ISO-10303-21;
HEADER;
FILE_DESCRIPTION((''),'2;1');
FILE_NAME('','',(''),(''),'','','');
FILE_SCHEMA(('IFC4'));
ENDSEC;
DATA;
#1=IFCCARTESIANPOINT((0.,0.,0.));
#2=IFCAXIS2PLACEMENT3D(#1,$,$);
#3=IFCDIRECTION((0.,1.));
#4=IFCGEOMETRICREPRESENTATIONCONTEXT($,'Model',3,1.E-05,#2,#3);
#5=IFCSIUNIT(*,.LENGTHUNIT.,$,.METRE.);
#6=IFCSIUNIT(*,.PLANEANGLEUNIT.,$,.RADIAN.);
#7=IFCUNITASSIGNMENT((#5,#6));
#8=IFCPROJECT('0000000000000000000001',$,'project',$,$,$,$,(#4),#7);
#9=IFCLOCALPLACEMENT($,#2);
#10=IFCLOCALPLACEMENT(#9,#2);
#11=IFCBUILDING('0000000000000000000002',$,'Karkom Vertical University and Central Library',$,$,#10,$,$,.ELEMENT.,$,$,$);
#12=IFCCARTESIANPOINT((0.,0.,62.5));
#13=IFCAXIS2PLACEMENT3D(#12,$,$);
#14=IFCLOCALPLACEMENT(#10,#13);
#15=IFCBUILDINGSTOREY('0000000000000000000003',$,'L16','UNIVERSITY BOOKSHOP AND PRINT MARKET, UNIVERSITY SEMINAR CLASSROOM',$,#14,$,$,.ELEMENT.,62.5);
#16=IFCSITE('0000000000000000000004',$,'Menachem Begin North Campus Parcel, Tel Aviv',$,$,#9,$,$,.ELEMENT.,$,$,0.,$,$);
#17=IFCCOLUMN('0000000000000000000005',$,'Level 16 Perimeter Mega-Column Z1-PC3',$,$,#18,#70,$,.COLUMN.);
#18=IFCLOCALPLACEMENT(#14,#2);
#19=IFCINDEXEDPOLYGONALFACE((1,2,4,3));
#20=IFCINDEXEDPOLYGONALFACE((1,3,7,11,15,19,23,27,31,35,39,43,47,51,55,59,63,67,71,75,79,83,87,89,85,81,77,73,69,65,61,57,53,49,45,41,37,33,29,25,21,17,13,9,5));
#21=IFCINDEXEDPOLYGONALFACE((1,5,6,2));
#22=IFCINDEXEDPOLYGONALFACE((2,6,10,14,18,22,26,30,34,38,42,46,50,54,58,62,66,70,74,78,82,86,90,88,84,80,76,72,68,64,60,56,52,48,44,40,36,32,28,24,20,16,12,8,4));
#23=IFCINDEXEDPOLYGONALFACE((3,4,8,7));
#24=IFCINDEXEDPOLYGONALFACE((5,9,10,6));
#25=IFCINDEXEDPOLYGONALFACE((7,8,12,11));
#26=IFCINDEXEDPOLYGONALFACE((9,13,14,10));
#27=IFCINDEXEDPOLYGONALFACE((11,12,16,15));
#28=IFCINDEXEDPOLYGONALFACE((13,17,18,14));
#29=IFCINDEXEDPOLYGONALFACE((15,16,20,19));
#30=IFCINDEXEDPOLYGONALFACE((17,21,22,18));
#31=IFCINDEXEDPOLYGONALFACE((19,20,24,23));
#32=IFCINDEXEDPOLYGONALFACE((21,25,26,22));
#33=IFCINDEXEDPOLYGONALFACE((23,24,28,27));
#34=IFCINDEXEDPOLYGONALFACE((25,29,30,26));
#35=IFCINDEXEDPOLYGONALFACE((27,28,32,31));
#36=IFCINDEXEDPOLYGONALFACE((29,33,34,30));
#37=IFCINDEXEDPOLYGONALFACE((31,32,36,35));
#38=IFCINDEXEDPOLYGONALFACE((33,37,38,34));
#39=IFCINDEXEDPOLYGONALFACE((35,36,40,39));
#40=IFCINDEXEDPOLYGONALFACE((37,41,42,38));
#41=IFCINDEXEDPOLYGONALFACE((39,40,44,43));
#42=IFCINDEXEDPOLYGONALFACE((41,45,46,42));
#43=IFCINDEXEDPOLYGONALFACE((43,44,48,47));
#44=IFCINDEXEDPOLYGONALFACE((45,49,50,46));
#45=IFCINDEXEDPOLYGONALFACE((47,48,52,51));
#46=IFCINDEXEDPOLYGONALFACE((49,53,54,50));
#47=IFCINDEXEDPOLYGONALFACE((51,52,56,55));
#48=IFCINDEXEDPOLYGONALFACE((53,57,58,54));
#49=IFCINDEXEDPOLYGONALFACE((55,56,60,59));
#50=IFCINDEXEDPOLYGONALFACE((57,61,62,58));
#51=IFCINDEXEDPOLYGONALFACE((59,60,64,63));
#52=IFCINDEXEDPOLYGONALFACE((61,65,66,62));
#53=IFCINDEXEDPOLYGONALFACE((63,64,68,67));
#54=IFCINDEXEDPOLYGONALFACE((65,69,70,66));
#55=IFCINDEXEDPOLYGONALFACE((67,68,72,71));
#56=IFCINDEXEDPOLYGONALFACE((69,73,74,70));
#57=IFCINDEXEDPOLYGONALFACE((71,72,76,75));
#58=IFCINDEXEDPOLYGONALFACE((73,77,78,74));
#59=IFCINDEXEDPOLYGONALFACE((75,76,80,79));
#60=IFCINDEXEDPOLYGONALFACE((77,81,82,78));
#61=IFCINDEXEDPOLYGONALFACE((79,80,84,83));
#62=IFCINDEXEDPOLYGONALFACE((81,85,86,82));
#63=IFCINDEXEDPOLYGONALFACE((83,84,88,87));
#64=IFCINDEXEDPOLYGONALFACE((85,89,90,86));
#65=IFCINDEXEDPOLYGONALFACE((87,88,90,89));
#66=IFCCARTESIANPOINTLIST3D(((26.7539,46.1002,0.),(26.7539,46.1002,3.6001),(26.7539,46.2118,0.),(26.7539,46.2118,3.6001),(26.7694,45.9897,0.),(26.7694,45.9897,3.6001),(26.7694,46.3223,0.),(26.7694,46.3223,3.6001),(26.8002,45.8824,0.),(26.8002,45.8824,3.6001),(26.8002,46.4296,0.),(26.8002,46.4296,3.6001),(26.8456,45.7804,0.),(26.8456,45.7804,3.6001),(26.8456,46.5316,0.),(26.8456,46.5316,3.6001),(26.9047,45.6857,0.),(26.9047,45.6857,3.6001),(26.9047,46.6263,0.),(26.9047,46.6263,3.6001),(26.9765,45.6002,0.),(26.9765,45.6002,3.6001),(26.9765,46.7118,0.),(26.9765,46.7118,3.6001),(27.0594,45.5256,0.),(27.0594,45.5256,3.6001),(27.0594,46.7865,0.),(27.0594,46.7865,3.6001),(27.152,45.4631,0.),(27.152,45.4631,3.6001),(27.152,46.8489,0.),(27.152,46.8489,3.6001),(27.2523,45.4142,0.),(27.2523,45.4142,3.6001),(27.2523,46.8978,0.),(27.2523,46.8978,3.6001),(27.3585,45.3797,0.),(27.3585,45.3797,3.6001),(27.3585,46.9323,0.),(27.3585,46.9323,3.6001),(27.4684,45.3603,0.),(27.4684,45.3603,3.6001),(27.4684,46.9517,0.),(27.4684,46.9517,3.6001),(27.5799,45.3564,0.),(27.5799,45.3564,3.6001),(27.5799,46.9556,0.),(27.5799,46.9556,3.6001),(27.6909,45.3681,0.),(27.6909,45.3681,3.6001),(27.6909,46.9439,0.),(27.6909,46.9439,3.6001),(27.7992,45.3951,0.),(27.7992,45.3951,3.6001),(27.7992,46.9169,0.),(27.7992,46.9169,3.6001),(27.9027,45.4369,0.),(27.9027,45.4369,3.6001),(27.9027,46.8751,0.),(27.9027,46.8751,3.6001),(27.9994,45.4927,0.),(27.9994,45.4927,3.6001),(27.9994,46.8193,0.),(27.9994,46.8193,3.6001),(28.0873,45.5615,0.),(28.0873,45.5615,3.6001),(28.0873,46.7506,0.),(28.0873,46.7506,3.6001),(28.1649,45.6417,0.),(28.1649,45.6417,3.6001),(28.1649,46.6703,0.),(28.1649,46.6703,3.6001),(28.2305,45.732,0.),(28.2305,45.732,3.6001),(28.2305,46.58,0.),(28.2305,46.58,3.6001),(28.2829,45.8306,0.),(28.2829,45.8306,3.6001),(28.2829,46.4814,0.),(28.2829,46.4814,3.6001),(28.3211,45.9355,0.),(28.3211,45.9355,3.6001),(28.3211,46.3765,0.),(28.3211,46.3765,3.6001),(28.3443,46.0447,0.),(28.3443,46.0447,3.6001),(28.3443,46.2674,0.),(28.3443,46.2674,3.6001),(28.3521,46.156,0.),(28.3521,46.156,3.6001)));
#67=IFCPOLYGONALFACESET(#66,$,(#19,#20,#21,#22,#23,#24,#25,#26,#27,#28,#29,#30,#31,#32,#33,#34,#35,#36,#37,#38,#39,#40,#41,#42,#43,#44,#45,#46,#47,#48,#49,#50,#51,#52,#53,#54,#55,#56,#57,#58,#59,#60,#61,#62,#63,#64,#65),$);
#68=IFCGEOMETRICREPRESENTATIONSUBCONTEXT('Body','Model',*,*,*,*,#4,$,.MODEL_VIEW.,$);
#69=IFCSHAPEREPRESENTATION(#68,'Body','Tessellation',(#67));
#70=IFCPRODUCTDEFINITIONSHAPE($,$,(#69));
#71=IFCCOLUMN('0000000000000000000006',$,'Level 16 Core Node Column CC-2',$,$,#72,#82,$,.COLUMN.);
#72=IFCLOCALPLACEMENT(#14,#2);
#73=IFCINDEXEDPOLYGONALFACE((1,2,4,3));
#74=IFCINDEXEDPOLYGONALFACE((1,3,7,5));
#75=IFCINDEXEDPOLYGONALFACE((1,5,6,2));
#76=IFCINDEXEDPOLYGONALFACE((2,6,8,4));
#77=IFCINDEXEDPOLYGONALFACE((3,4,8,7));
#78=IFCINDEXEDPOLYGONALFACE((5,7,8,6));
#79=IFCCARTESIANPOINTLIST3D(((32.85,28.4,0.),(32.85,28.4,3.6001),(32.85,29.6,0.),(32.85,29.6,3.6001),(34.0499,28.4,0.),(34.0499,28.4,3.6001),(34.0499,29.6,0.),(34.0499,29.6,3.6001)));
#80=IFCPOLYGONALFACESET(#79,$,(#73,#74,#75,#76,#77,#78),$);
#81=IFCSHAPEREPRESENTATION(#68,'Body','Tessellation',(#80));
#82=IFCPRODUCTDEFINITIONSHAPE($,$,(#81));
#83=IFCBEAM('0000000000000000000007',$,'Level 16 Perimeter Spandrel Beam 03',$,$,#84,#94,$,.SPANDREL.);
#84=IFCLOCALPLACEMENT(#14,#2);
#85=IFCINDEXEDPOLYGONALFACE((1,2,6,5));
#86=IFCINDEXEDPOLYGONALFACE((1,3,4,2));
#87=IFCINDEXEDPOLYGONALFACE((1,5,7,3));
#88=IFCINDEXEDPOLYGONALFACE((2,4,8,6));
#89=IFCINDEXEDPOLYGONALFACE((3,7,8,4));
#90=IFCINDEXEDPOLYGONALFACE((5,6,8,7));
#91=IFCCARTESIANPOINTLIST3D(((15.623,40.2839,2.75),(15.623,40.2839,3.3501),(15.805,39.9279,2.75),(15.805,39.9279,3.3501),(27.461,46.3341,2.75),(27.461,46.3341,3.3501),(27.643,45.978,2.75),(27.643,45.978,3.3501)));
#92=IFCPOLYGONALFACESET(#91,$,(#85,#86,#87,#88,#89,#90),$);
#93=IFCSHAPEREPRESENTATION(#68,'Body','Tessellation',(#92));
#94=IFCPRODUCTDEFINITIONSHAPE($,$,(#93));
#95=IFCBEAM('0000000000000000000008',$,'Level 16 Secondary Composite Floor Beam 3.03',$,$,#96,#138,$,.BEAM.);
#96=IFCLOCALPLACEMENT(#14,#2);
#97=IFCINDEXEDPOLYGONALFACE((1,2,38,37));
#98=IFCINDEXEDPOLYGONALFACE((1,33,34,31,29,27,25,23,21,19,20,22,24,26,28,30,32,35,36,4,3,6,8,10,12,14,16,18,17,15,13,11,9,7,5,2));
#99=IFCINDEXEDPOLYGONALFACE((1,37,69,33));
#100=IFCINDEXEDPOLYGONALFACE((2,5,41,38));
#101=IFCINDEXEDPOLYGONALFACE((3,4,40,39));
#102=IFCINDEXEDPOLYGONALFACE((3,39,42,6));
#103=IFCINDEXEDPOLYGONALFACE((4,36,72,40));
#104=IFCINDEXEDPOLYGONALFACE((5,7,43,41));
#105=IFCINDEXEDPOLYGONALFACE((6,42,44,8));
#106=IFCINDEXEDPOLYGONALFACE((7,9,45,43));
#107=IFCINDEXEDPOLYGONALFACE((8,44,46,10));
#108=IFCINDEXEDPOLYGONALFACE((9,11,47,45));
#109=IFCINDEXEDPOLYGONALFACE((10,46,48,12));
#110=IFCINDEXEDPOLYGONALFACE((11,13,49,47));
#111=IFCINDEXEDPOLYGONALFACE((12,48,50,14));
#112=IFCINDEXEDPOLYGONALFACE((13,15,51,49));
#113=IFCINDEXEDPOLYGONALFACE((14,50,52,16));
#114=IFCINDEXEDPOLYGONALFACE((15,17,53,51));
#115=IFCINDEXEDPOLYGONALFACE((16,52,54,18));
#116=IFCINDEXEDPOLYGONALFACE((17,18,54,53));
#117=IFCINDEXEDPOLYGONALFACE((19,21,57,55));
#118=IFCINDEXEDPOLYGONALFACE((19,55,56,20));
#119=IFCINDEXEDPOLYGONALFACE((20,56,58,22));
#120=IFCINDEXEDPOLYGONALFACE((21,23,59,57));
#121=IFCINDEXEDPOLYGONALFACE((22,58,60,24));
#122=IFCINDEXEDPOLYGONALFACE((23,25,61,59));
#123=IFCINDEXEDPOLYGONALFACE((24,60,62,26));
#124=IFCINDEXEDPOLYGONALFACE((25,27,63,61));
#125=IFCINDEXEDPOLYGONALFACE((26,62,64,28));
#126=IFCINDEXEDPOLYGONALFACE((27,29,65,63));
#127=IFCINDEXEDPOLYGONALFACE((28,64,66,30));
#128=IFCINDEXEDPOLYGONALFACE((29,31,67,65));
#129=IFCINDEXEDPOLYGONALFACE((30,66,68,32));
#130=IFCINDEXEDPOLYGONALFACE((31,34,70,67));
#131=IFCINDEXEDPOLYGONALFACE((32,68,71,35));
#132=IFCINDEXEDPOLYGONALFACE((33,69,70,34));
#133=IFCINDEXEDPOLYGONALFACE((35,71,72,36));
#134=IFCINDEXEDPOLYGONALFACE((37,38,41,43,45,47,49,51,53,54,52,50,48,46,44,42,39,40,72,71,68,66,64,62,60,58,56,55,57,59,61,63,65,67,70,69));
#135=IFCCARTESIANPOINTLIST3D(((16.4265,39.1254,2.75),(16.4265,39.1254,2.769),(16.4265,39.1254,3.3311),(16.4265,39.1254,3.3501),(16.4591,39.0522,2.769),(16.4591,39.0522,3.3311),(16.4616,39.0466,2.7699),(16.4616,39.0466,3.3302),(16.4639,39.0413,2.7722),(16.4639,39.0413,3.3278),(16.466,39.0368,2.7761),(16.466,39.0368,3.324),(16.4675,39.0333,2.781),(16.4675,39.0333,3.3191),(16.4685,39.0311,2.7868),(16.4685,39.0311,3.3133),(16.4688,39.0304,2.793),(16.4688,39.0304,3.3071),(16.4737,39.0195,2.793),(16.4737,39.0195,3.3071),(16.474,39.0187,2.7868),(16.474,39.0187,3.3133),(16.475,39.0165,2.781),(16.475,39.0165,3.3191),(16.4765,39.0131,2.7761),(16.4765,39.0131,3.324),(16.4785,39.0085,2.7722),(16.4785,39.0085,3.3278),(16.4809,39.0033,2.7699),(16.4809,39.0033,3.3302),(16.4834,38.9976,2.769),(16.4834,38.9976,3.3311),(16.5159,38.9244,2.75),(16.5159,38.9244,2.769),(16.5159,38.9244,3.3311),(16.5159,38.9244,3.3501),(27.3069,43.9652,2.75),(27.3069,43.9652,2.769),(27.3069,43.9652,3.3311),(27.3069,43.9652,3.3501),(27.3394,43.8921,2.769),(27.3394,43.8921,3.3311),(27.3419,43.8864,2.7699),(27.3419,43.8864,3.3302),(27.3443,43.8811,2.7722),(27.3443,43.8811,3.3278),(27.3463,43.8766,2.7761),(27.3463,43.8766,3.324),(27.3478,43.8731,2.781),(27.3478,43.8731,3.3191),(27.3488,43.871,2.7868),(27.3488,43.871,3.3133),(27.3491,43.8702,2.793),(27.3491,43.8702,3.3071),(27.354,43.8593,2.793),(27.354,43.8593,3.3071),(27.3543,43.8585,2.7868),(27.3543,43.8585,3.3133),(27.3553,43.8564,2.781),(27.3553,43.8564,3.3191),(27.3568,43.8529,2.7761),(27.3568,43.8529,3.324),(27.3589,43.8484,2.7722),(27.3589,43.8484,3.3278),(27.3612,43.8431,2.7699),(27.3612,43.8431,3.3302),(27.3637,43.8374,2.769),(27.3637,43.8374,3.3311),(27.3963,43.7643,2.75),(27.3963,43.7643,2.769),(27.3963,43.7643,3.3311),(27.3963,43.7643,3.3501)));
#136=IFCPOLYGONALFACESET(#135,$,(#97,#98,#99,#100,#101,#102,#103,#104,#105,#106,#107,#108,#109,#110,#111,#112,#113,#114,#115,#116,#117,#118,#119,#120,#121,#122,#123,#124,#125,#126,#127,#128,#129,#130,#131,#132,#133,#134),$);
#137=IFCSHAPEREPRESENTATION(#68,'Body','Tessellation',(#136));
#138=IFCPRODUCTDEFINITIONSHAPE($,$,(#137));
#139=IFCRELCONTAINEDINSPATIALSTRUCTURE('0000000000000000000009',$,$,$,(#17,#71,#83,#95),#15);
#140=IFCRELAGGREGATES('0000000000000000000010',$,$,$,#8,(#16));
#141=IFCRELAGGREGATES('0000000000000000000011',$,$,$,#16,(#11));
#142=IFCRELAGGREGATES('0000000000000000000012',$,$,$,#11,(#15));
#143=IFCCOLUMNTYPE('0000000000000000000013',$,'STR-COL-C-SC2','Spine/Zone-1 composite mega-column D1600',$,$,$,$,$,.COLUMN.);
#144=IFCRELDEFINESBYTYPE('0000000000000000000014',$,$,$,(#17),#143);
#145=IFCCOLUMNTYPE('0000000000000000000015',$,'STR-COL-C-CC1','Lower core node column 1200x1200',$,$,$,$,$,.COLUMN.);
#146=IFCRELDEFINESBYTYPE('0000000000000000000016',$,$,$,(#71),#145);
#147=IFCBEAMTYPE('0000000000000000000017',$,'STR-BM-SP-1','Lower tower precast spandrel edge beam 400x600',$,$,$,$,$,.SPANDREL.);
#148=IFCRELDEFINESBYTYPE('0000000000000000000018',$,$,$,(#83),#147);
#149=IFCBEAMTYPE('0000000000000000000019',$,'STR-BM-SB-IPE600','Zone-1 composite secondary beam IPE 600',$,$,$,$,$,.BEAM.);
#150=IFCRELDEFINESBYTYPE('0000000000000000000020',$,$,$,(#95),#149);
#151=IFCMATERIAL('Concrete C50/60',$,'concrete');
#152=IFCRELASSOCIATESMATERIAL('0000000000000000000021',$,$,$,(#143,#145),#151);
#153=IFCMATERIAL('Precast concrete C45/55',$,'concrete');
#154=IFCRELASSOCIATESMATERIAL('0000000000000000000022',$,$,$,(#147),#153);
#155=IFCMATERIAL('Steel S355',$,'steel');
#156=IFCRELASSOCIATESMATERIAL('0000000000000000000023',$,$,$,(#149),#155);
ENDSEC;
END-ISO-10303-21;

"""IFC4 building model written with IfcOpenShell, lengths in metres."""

from ifc_helpers import new_model, si_unit, direction, frame, origin, origin_with_axes, origin_2d, place, context, subcontext, project, spatial, rectangle, circle, i_section, extrude, source, transform, mapped, material, material_profile, profile_set, type_object, element, save


model = new_model("IFC4")

# Units and contexts
model_context = context("Model", 3, precision=1e-05, world=origin(), true_north=direction((0.0, 1.0)))
body_context = subcontext(model_context, "Body", "Model", "MODEL_VIEW")
ifc_project = project(units=[si_unit("LENGTHUNIT", "METRE"), si_unit("PLANEANGLEUNIT", "RADIAN")], contexts=[model_context])

# Site, building, storey
site_placement = place(None, origin())
site = spatial("IfcSite", under=ifc_project, at=site_placement, Name="Menachem Begin North Campus Parcel, Tel Aviv", CompositionType="ELEMENT", RefElevation=0.0)
building_placement = place(site_placement, origin())
building = spatial("IfcBuilding", under=site, at=building_placement, Name="Karkom Vertical University and Central Library", CompositionType="ELEMENT")
storey_placement = place(building_placement, frame((0.0, 0.0, 62.5)))
storey = spatial("IfcBuildingStorey", under=building, at=storey_placement, Name="L16", Description="UNIVERSITY BOOKSHOP AND PRINT MARKET, UNIVERSITY SEMINAR CLASSROOM", CompositionType="ELEMENT", Elevation=62.5)

# Columns
ifc_material_1 = material(Name="Concrete C50/60", Category="concrete")
ifc_material_profile_1 = material_profile(ifc_material_1, circle(Radius=0.8, at=origin_2d()), Name="CFT-D1600")
ifc_profile_set_1 = profile_set([ifc_material_profile_1], Name="Concrete C50/60")
column_type_1 = type_object("IfcColumnType", Name="STR-COL-C-SC2", Description="Spine/Zone-1 composite mega-column D1600", PredefinedType="COLUMN", material=ifc_profile_set_1)
shared_shape_1 = source(origin_with_axes(), body_context, "Body", "SweptSolid", [
    extrude(circle(Radius=0.8, at=origin_2d()), origin(), (0.0, 0.0, 1.0), 3.6001),
])
column_1_placement = place(storey_placement, frame((27.552, 46.156, 0.0), z_axis=(0.0, 0.0, 1.0), x_axis=(1.0, 0.0, 0.0)))
element("IfcColumn", 1, at=column_1_placement, inside=storey, type_object=column_type_1, Name="Level 16 Perimeter Mega-Column Z1-PC3", PredefinedType="COLUMN", context=body_context, shape_type="MappedRepresentation", body=[
    mapped(shared_shape_1, transform((0.0, 0.0, 0.0), scale=1.0)),
])
ifc_material_profile_2 = material_profile(ifc_material_1, rectangle(XDim=1.2, YDim=1.2, at=origin_2d()), Name="RC-1200x1200")
ifc_profile_set_2 = profile_set([ifc_material_profile_2], Name="Concrete C50/60")
column_type_2 = type_object("IfcColumnType", Name="STR-COL-C-CC1", Description="Lower core node column 1200x1200", PredefinedType="COLUMN", material=ifc_profile_set_2)
shared_shape_2 = source(origin_with_axes(), body_context, "Body", "SweptSolid", [
    extrude(rectangle(XDim=1.2, YDim=1.2, at=origin_2d()), origin(), (0.0, 0.0, 1.0), 3.6001),
])
column_2_placement = place(storey_placement, frame((33.45, 29.0, 0.0), z_axis=(0.0, 0.0, 1.0), x_axis=(1.0, 0.0, 0.0)))
element("IfcColumn", 2, at=column_2_placement, inside=storey, type_object=column_type_2, Name="Level 16 Core Node Column CC-2", PredefinedType="COLUMN", context=body_context, shape_type="MappedRepresentation", body=[
    mapped(shared_shape_2, transform((0.0, 0.0, 0.0), scale=1.0)),
])

# Beams
ifc_material_2 = material(Name="Precast concrete C45/55", Category="concrete")
ifc_material_profile_3 = material_profile(ifc_material_2, rectangle(XDim=0.3999, YDim=0.6001, at=origin_2d()), Name="SPB-400x600")
ifc_profile_set_3 = profile_set([ifc_material_profile_3], Name="Precast concrete C45/55")
beam_type_1 = type_object("IfcBeamType", Name="STR-BM-SP-1", Description="Lower tower precast spandrel edge beam 400x600", PredefinedType="SPANDREL", material=ifc_profile_set_3)
shared_shape_3 = source(origin_with_axes(), body_context, "Body", "SweptSolid", [
    extrude(rectangle(XDim=0.3999, YDim=0.6001, at=origin_2d()), origin(), (0.0, 0.0, 1.0), 13.2944),
])
beam_1_placement = place(storey_placement, frame((27.552, 46.156, 3.05), z_axis=(-0.890448, -0.455085, 0.0), x_axis=(0.455085, -0.890448, 0.0)))
element("IfcBeam", 3, at=beam_1_placement, inside=storey, type_object=beam_type_1, Name="Level 16 Perimeter Spandrel Beam 03", PredefinedType="SPANDREL", context=body_context, shape_type="MappedRepresentation", body=[
    mapped(shared_shape_3, transform((0.0, 0.0, 0.0), scale=1.0)),
])
ifc_material_3 = material(Name="Steel S355", Category="steel")
ifc_material_profile_4 = material_profile(ifc_material_3, i_section(OverallWidth=0.22, OverallDepth=0.6001, WebThickness=0.012, FlangeThickness=0.019, FilletRadius=0.0239, at=origin_2d()), Name="IPE 600")
ifc_profile_set_4 = profile_set([ifc_material_profile_4], Name="Steel S355")
beam_type_2 = type_object("IfcBeamType", Name="STR-BM-SB-IPE600", Description="Zone-1 composite secondary beam IPE 600", PredefinedType="BEAM", material=ifc_profile_set_4)
shared_shape_4 = source(origin_with_axes(), body_context, "Body", "SweptSolid", [
    extrude(i_section(OverallWidth=0.22, OverallDepth=0.6001, WebThickness=0.012, FlangeThickness=0.019, FilletRadius=0.0239, at=origin_2d()), origin(), (0.0, 0.0, 1.0), 11.9082),
])
beam_2_placement = place(storey_placement, frame((27.3516, 43.8647, 3.05), z_axis=(-0.913683, -0.406428, 0.0), x_axis=(0.406428, -0.913683, 0.0)))
element("IfcBeam", 4, at=beam_2_placement, inside=storey, type_object=beam_type_2, Name="Level 16 Secondary Composite Floor Beam 3.03", PredefinedType="BEAM", context=body_context, shape_type="MappedRepresentation", body=[
    mapped(shared_shape_4, transform((0.0, 0.0, 0.0), scale=1.0)),
])

save(model, "model.ifc")
